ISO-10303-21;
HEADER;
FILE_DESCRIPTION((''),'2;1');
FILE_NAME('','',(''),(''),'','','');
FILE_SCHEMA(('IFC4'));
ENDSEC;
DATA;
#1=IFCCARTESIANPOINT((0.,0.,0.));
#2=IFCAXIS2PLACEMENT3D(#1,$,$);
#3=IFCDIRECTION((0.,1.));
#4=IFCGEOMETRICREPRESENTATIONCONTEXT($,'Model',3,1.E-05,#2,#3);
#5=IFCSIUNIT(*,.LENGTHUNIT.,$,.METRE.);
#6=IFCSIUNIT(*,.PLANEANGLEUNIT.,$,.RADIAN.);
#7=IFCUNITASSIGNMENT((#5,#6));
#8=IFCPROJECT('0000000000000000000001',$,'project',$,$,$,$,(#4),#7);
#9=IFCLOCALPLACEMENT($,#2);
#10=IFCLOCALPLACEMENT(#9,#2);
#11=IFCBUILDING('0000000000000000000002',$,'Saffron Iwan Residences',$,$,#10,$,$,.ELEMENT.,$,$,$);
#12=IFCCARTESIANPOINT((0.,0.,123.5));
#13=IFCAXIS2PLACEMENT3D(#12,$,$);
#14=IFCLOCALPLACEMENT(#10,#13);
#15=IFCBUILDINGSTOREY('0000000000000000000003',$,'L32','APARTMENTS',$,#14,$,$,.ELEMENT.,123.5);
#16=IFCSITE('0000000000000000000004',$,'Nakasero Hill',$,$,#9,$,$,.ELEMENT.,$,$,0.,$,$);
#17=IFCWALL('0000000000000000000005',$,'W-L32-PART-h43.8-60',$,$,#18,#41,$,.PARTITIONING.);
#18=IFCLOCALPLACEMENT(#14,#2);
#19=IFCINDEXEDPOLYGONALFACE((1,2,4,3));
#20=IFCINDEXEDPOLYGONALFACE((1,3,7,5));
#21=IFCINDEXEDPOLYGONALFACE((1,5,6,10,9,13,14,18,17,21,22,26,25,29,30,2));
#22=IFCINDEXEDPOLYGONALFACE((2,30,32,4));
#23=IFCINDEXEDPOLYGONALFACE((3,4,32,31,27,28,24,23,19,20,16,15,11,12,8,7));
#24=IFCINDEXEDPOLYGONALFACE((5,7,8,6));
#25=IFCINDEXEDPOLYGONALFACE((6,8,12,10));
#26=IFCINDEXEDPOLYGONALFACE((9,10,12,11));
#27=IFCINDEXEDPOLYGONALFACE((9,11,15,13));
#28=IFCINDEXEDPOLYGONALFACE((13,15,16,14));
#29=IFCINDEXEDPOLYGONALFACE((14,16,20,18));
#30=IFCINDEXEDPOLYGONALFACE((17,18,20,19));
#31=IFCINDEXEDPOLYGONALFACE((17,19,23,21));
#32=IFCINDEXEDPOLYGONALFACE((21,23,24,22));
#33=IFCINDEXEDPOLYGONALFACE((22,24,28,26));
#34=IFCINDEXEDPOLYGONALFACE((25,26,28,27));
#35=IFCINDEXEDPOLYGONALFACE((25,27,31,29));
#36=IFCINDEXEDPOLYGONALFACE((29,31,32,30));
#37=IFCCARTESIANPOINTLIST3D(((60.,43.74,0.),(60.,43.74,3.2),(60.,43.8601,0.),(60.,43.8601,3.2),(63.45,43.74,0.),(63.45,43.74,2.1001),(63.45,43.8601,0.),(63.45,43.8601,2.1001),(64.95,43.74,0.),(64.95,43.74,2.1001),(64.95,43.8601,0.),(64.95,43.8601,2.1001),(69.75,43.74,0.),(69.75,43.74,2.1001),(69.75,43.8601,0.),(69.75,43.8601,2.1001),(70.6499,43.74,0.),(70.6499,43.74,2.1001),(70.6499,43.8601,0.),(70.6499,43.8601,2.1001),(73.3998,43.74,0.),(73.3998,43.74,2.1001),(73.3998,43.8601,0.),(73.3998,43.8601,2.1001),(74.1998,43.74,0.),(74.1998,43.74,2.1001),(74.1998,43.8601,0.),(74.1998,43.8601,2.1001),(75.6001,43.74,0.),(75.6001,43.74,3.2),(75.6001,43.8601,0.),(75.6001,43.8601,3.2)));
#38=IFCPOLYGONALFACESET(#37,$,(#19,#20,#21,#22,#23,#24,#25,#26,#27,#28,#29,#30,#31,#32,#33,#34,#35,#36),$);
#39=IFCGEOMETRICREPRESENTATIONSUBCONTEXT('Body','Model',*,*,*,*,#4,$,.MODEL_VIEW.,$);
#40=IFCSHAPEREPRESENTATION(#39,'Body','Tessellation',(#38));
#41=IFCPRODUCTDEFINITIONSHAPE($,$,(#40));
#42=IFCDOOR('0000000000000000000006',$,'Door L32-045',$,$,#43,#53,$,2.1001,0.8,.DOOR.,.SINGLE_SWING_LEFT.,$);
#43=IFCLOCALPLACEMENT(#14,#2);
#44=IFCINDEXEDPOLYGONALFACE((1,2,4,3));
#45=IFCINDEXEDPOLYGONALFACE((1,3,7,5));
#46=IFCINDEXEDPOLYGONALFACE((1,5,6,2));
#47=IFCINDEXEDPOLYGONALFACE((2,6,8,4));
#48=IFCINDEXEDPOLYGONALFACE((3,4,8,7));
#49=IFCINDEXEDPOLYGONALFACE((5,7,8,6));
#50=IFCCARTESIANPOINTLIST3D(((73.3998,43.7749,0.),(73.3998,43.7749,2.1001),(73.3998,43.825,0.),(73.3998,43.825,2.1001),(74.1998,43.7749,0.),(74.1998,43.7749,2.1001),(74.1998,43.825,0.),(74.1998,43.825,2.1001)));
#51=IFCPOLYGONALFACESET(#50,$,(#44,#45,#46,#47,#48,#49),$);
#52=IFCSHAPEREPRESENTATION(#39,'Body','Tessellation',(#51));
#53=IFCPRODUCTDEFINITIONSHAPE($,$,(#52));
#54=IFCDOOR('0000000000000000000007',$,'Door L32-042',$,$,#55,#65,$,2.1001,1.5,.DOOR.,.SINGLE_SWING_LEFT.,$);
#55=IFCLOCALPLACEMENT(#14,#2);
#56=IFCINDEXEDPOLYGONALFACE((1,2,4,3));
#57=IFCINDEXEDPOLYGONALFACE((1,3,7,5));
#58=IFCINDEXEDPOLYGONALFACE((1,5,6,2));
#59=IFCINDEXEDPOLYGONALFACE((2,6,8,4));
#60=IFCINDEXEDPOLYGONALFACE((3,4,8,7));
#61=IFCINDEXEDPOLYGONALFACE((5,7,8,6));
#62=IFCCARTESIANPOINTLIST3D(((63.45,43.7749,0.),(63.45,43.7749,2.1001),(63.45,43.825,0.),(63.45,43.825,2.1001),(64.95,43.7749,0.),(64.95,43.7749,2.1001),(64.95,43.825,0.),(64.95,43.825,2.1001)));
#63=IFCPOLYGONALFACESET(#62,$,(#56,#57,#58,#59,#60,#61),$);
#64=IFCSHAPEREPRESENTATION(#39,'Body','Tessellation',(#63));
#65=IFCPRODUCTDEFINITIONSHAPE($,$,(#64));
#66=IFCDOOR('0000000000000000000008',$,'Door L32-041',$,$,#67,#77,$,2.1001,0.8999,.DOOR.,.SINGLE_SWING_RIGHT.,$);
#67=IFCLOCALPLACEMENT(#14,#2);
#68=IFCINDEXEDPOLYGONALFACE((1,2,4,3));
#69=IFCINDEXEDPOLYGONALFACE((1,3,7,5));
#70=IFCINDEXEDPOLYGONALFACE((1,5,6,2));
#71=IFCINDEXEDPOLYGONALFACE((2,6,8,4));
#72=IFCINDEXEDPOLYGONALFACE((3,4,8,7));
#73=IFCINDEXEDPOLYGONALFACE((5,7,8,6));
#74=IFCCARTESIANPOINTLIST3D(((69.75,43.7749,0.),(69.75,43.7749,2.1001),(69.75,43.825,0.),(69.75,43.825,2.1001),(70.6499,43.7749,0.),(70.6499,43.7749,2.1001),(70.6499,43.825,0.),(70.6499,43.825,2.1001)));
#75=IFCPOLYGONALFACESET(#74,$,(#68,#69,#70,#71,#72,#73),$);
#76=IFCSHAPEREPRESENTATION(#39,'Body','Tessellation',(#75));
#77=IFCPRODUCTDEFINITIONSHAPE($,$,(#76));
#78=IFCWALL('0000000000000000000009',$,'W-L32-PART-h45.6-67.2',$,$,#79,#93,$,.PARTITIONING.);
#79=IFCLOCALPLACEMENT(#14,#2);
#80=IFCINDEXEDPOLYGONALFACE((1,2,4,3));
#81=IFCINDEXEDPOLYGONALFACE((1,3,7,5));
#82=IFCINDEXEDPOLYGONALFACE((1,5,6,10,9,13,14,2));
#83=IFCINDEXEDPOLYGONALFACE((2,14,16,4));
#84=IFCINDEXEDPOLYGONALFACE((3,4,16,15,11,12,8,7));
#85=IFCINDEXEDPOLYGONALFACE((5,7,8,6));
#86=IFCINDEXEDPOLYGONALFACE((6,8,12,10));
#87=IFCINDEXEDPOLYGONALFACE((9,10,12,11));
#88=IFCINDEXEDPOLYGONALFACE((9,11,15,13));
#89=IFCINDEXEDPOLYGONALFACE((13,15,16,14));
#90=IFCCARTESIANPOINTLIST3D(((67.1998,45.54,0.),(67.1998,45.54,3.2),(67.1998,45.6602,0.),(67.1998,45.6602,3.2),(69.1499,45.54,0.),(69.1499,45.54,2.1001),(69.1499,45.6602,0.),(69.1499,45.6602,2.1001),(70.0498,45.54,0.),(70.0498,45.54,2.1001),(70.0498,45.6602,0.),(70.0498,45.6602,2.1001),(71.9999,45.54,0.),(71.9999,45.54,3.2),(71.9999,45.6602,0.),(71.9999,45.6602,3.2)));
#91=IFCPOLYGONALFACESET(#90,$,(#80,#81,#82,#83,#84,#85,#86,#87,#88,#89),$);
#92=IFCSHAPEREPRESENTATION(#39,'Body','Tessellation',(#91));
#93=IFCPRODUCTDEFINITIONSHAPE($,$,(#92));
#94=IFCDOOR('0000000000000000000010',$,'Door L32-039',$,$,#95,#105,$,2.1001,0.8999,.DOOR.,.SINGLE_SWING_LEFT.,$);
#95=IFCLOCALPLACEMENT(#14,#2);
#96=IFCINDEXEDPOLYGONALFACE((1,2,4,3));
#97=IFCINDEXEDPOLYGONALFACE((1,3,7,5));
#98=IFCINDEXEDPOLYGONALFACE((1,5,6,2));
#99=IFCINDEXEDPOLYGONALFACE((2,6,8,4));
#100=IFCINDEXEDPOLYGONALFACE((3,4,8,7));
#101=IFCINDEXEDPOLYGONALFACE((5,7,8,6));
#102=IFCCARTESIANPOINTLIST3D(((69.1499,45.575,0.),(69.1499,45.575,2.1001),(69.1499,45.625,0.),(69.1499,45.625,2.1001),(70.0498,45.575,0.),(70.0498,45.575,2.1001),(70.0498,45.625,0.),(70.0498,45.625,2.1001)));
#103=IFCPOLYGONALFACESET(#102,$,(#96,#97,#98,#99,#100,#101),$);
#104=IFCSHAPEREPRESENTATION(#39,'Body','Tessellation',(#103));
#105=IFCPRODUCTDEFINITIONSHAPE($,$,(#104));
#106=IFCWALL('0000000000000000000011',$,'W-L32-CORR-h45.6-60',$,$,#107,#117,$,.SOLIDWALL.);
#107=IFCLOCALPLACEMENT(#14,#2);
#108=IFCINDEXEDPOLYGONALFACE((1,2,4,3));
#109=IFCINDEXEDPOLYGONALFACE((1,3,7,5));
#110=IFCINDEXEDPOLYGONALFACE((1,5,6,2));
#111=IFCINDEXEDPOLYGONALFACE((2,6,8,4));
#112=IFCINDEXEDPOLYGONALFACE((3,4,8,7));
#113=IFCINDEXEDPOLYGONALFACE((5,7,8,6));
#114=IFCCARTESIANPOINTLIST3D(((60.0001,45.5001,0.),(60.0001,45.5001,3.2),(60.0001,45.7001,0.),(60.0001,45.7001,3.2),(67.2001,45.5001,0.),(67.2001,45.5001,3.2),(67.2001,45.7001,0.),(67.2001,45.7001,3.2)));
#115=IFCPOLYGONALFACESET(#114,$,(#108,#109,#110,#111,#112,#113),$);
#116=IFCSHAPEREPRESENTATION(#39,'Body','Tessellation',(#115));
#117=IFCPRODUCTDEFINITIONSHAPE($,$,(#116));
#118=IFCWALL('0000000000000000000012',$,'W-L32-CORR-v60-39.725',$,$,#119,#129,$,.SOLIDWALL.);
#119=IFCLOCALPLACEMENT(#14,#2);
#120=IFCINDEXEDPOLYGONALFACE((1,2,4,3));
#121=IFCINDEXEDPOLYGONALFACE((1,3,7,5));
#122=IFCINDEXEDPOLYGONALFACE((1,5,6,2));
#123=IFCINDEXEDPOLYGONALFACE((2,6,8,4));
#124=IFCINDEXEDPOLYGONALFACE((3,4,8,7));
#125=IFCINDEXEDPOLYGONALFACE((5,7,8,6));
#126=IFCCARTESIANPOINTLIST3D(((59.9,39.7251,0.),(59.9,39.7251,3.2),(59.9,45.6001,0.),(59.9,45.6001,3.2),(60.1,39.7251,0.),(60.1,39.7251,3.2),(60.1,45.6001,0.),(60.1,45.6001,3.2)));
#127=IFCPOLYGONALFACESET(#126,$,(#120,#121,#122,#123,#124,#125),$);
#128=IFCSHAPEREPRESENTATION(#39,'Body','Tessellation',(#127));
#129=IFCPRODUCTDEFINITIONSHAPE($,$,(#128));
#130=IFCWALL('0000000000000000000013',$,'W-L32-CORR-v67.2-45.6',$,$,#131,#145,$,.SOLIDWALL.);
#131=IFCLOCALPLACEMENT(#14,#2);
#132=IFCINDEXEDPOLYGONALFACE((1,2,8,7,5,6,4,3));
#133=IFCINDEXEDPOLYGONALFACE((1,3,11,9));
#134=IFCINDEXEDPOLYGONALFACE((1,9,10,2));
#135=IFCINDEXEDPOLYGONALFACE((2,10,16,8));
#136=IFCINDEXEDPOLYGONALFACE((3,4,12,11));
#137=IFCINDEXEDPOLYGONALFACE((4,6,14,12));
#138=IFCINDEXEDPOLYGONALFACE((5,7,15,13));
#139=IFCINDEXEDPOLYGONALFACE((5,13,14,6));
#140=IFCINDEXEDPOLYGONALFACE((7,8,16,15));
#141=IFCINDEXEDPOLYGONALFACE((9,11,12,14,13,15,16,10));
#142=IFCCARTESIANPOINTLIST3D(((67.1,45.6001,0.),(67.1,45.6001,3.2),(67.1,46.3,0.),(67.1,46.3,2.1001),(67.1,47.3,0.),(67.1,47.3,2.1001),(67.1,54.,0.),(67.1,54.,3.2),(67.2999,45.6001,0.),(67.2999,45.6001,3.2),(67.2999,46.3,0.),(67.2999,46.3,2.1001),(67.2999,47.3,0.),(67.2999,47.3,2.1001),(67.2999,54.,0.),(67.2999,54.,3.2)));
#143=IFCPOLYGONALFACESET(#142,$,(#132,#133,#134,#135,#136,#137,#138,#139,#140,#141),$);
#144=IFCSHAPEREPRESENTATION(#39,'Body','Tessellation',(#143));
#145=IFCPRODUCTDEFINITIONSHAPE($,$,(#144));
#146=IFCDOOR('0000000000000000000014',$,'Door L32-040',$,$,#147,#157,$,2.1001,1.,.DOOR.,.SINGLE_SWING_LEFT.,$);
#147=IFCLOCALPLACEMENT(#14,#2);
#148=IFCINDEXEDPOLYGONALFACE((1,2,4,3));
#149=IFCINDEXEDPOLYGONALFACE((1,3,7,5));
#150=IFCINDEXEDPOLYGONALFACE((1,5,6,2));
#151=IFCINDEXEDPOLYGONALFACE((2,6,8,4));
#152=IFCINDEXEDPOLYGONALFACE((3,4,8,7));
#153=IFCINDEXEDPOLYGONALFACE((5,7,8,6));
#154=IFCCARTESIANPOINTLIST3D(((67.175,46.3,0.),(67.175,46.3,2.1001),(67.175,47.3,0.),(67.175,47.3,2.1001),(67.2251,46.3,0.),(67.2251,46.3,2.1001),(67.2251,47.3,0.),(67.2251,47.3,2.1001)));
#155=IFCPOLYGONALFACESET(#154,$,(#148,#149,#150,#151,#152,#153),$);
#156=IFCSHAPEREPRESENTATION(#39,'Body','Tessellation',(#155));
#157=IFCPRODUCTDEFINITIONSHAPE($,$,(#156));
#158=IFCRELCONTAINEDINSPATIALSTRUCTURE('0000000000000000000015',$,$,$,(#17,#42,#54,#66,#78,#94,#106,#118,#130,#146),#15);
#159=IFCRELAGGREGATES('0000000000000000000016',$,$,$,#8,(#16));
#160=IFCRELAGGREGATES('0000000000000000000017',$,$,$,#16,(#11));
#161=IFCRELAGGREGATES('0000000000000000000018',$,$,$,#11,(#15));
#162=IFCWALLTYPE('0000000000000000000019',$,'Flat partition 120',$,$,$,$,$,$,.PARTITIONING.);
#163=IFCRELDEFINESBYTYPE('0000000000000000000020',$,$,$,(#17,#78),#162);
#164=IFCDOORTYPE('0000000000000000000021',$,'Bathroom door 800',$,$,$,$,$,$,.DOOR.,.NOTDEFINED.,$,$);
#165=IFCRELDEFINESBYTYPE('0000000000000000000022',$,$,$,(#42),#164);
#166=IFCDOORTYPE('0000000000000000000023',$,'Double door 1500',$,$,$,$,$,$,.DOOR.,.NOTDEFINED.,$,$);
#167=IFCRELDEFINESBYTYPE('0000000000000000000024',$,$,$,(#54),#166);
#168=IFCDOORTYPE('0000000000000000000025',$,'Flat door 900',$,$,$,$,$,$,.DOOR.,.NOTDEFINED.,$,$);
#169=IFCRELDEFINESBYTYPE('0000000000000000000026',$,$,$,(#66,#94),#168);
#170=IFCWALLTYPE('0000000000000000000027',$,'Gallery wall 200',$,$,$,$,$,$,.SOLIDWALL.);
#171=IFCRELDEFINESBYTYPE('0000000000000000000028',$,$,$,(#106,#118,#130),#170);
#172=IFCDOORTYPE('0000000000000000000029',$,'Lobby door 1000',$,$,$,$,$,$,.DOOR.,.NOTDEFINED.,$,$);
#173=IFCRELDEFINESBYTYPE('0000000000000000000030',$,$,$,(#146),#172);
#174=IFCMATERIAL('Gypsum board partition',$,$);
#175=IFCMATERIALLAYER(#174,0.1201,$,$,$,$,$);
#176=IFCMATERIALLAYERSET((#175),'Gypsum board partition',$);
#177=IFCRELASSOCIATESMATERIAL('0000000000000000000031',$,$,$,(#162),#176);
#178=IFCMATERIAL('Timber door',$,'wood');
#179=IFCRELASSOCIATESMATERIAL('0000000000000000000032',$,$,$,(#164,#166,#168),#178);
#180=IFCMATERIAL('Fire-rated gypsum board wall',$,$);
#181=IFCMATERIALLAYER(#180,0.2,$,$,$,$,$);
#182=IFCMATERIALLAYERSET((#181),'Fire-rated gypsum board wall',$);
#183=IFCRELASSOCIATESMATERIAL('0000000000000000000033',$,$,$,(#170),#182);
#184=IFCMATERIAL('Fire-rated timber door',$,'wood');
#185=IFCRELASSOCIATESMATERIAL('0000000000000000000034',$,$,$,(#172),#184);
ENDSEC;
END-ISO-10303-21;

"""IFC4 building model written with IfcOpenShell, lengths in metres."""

from ifc_helpers import new_model, si_unit, direction, frame, frame_2d, origin, place, context, subcontext, project, spatial, rectangle, extrude, material, layer, layer_set, type_object, element, fill, save


model = new_model("IFC4")

# Units and contexts
model_context = context("Model", 3, precision=1e-05, world=origin(), true_north=direction((0.0, 1.0)))
body_context = subcontext(model_context, "Body", "Model", "MODEL_VIEW")
ifc_project = project(units=[si_unit("LENGTHUNIT", "METRE"), si_unit("PLANEANGLEUNIT", "RADIAN")], contexts=[model_context])

# Site, building, storey
site_placement = place(None, origin())
site = spatial("IfcSite", under=ifc_project, at=site_placement, Name="Nakasero Hill", CompositionType="ELEMENT", RefElevation=0.0)
building_placement = place(site_placement, origin())
building = spatial("IfcBuilding", under=site, at=building_placement, Name="Saffron Iwan Residences", CompositionType="ELEMENT")
storey_placement = place(building_placement, frame((0.0, 0.0, 123.5)))
storey = spatial("IfcBuildingStorey", under=building, at=storey_placement, Name="L32", Description="APARTMENTS", CompositionType="ELEMENT", Elevation=123.5)

# Shared definitions
ifc_material_1 = material(Name="Fire-rated gypsum board wall")

# Wall, openings, doors
ifc_material_2 = material(Name="Gypsum board partition")
ifc_layer_1 = layer(ifc_material_2, 0.1201)
ifc_layer_set_1 = layer_set([ifc_layer_1], Name="Gypsum board partition")
wall_type_1 = type_object("IfcWallType", Name="Flat partition 120", PredefinedType="PARTITIONING", material=ifc_layer_set_1)
wall_1_placement = place(storey_placement, frame((60.0, 43.8, 0.0), z_axis=(0.0, 0.0, 1.0), x_axis=(1.0, 0.0, 0.0)))
wall_1 = element("IfcWall", 1, at=wall_1_placement, inside=storey, type_object=wall_type_1, Name="W-L32-PART-h43.8-60", PredefinedType="PARTITIONING", context=body_context, shape_type="SweptSolid", body=[
    extrude(rectangle(XDim=15.6001, YDim=0.1201, at=frame_2d((7.8, 0.0))), origin(), (0.0, 0.0, 1.0), 3.2),
])
opening_1_placement = place(wall_1_placement, frame((9.75, 0.0, 0.0)))
opening_1 = element("IfcOpeningElement", 2, at=opening_1_placement, cuts=wall_1, PredefinedType="OPENING", context=body_context, shape_type="SweptSolid", body=[
    extrude(rectangle(XDim=0.8999, YDim=2.1001, at=frame_2d((0.45, 1.05))), frame((0.0, 0.0701, 0.0), z_axis=(0.0, -1.0, 0.0), x_axis=(1.0, 0.0, 0.0)), (0.0, 0.0, 1.0), 0.1401),
])
opening_2_placement = place(wall_1_placement, frame((3.45, 0.0, 0.0)))
opening_2 = element("IfcOpeningElement", 3, at=opening_2_placement, cuts=wall_1, PredefinedType="OPENING", context=body_context, shape_type="SweptSolid", body=[
    extrude(rectangle(XDim=1.5, YDim=2.1001, at=frame_2d((0.75, 1.05))), frame((0.0, 0.0701, 0.0), z_axis=(0.0, -1.0, 0.0), x_axis=(1.0, 0.0, 0.0)), (0.0, 0.0, 1.0), 0.1401),
])
opening_3_placement = place(wall_1_placement, frame((13.3999, 0.0, 0.0)))
opening_3 = element("IfcOpeningElement", 4, at=opening_3_placement, cuts=wall_1, PredefinedType="OPENING", context=body_context, shape_type="SweptSolid", body=[
    extrude(rectangle(XDim=0.8, YDim=2.1001, at=frame_2d((0.3999, 1.05))), frame((0.0, 0.0701, 0.0), z_axis=(0.0, -1.0, 0.0), x_axis=(1.0, 0.0, 0.0)), (0.0, 0.0, 1.0), 0.1401),
])
ifc_material_3 = material(Name="Timber door", Category="wood")
door_type_1 = type_object("IfcDoorType", Name="Bathroom door 800", OperationType="NOTDEFINED", PredefinedType="DOOR", material=ifc_material_3)
door_1_placement = place(opening_3_placement, origin())
door_1 = element("IfcDoor", 5, at=door_1_placement, inside=storey, type_object=door_type_1, Name="Door L32-045", OperationType="SINGLE_SWING_LEFT", OverallHeight=2.1001, OverallWidth=0.8, PredefinedType="DOOR", context=body_context, shape_type="SweptSolid", body=[
    extrude(rectangle(XDim=0.8, YDim=2.1001, at=frame_2d((0.3999, 1.05))), frame((0.0, 0.0249, 0.0), z_axis=(0.0, -1.0, 0.0), x_axis=(1.0, 0.0, 0.0)), (0.0, 0.0, 1.0), 0.05),
])
fill(opening_3, door_1)
door_type_2 = type_object("IfcDoorType", Name="Double door 1500", OperationType="NOTDEFINED", PredefinedType="DOOR", material=ifc_material_3)
door_2_placement = place(opening_2_placement, origin())
door_2 = element("IfcDoor", 6, at=door_2_placement, inside=storey, type_object=door_type_2, Name="Door L32-042", OperationType="SINGLE_SWING_LEFT", OverallHeight=2.1001, OverallWidth=1.5, PredefinedType="DOOR", context=body_context, shape_type="SweptSolid", body=[
    extrude(rectangle(XDim=1.5, YDim=2.1001, at=frame_2d((0.75, 1.05))), frame((0.0, 0.0249, 0.0), z_axis=(0.0, -1.0, 0.0), x_axis=(1.0, 0.0, 0.0)), (0.0, 0.0, 1.0), 0.05),
])
fill(opening_2, door_2)
door_type_3 = type_object("IfcDoorType", Name="Flat door 900", OperationType="NOTDEFINED", PredefinedType="DOOR", material=ifc_material_3)
door_3_placement = place(opening_1_placement, origin())
door_3 = element("IfcDoor", 7, at=door_3_placement, inside=storey, type_object=door_type_3, Name="Door L32-041", OperationType="SINGLE_SWING_RIGHT", OverallHeight=2.1001, OverallWidth=0.8999, PredefinedType="DOOR", context=body_context, shape_type="SweptSolid", body=[
    extrude(rectangle(XDim=0.8999, YDim=2.1001, at=frame_2d((0.45, 1.05))), frame((0.0, 0.0249, 0.0), z_axis=(0.0, -1.0, 0.0), x_axis=(1.0, 0.0, 0.0)), (0.0, 0.0, 1.0), 0.05),
])
fill(opening_1, door_3)

# Wall, opening, door
wall_2_placement = place(storey_placement, frame((67.2, 45.6001, 0.0), z_axis=(0.0, 0.0, 1.0), x_axis=(1.0, 0.0, 0.0)))
wall_2 = element("IfcWall", 8, at=wall_2_placement, inside=storey, type_object=wall_type_1, Name="W-L32-PART-h45.6-67.2", PredefinedType="PARTITIONING", context=body_context, shape_type="SweptSolid", body=[
    extrude(rectangle(XDim=4.8, YDim=0.1201, at=frame_2d((2.3999, 0.0))), origin(), (0.0, 0.0, 1.0), 3.2),
])
opening_4_placement = place(wall_2_placement, frame((1.95, 0.0, 0.0)))
opening_4 = element("IfcOpeningElement", 9, at=opening_4_placement, cuts=wall_2, PredefinedType="OPENING", context=body_context, shape_type="SweptSolid", body=[
    extrude(rectangle(XDim=0.8999, YDim=2.1001, at=frame_2d((0.45, 1.05))), frame((0.0, 0.0701, 0.0), z_axis=(0.0, -1.0, 0.0), x_axis=(1.0, 0.0, 0.0)), (0.0, 0.0, 1.0), 0.1401),
])
door_4_placement = place(opening_4_placement, origin())
door_4 = element("IfcDoor", 10, at=door_4_placement, inside=storey, type_object=door_type_3, Name="Door L32-039", OperationType="SINGLE_SWING_LEFT", OverallHeight=2.1001, OverallWidth=0.8999, PredefinedType="DOOR", context=body_context, shape_type="SweptSolid", body=[
    extrude(rectangle(XDim=0.8999, YDim=2.1001, at=frame_2d((0.45, 1.05))), frame((0.0, 0.0249, 0.0), z_axis=(0.0, -1.0, 0.0), x_axis=(1.0, 0.0, 0.0)), (0.0, 0.0, 1.0), 0.05),
])
fill(opening_4, door_4)

# Walls
ifc_layer_2 = layer(ifc_material_1, 0.2)
ifc_layer_set_2 = layer_set([ifc_layer_2], Name="Fire-rated gypsum board wall")
wall_type_2 = type_object("IfcWallType", Name="Gallery wall 200", PredefinedType="SOLIDWALL", material=ifc_layer_set_2)
wall_3_placement = place(storey_placement, frame((60.0, 45.6001, 0.0), z_axis=(0.0, 0.0, 1.0), x_axis=(1.0, 0.0, 0.0)))
element("IfcWall", 11, at=wall_3_placement, inside=storey, type_object=wall_type_2, Name="W-L32-CORR-h45.6-60", PredefinedType="SOLIDWALL", context=body_context, shape_type="SweptSolid", body=[
    extrude(rectangle(XDim=7.2, YDim=0.2, at=frame_2d((3.6001, 0.0))), origin(), (0.0, 0.0, 1.0), 3.2),
])
wall_4_placement = place(storey_placement, frame((60.0, 39.7251, 0.0), z_axis=(0.0, 0.0, 1.0), x_axis=(0.0, 1.0, 0.0)))
element("IfcWall", 12, at=wall_4_placement, inside=storey, type_object=wall_type_2, Name="W-L32-CORR-v60-39.725", PredefinedType="SOLIDWALL", context=body_context, shape_type="SweptSolid", body=[
    extrude(rectangle(XDim=5.875, YDim=0.2, at=frame_2d((2.9375, 0.0))), origin(), (0.0, 0.0, 1.0), 3.2),
])

# Wall, opening, door
wall_5_placement = place(storey_placement, frame((67.2, 45.6001, 0.0), z_axis=(0.0, 0.0, 1.0), x_axis=(0.0, 1.0, 0.0)))
wall_5 = element("IfcWall", 13, at=wall_5_placement, inside=storey, type_object=wall_type_2, Name="W-L32-CORR-v67.2-45.6", PredefinedType="SOLIDWALL", context=body_context, shape_type="SweptSolid", body=[
    extrude(rectangle(XDim=8.3999, YDim=0.2, at=frame_2d((4.2, 0.0))), origin(), (0.0, 0.0, 1.0), 3.2),
])
opening_5_placement = place(wall_5_placement, frame((0.7, 0.0, 0.0)))
opening_5 = element("IfcOpeningElement", 14, at=opening_5_placement, cuts=wall_5, PredefinedType="OPENING", context=body_context, shape_type="SweptSolid", body=[
    extrude(rectangle(XDim=1.0, YDim=2.1001, at=frame_2d((0.5, 1.05))), frame((0.0, 0.1099, 0.0), z_axis=(0.0, -1.0, 0.0), x_axis=(1.0, 0.0, 0.0)), (0.0, 0.0, 1.0), 0.22),
])
ifc_material_4 = material(Name="Fire-rated timber door", Category="wood")
door_type_4 = type_object("IfcDoorType", Name="Lobby door 1000", OperationType="NOTDEFINED", PredefinedType="DOOR", material=ifc_material_4)
door_5_placement = place(opening_5_placement, origin())
door_5 = element("IfcDoor", 15, at=door_5_placement, inside=storey, type_object=door_type_4, Name="Door L32-040", OperationType="SINGLE_SWING_LEFT", OverallHeight=2.1001, OverallWidth=1.0, PredefinedType="DOOR", context=body_context, shape_type="SweptSolid", body=[
    extrude(rectangle(XDim=1.0, YDim=2.1001, at=frame_2d((0.5, 1.05))), frame((0.0, 0.0249, 0.0), z_axis=(0.0, -1.0, 0.0), x_axis=(1.0, 0.0, 0.0)), (0.0, 0.0, 1.0), 0.05),
])
fill(opening_5, door_5)

save(model, "model.ifc")
